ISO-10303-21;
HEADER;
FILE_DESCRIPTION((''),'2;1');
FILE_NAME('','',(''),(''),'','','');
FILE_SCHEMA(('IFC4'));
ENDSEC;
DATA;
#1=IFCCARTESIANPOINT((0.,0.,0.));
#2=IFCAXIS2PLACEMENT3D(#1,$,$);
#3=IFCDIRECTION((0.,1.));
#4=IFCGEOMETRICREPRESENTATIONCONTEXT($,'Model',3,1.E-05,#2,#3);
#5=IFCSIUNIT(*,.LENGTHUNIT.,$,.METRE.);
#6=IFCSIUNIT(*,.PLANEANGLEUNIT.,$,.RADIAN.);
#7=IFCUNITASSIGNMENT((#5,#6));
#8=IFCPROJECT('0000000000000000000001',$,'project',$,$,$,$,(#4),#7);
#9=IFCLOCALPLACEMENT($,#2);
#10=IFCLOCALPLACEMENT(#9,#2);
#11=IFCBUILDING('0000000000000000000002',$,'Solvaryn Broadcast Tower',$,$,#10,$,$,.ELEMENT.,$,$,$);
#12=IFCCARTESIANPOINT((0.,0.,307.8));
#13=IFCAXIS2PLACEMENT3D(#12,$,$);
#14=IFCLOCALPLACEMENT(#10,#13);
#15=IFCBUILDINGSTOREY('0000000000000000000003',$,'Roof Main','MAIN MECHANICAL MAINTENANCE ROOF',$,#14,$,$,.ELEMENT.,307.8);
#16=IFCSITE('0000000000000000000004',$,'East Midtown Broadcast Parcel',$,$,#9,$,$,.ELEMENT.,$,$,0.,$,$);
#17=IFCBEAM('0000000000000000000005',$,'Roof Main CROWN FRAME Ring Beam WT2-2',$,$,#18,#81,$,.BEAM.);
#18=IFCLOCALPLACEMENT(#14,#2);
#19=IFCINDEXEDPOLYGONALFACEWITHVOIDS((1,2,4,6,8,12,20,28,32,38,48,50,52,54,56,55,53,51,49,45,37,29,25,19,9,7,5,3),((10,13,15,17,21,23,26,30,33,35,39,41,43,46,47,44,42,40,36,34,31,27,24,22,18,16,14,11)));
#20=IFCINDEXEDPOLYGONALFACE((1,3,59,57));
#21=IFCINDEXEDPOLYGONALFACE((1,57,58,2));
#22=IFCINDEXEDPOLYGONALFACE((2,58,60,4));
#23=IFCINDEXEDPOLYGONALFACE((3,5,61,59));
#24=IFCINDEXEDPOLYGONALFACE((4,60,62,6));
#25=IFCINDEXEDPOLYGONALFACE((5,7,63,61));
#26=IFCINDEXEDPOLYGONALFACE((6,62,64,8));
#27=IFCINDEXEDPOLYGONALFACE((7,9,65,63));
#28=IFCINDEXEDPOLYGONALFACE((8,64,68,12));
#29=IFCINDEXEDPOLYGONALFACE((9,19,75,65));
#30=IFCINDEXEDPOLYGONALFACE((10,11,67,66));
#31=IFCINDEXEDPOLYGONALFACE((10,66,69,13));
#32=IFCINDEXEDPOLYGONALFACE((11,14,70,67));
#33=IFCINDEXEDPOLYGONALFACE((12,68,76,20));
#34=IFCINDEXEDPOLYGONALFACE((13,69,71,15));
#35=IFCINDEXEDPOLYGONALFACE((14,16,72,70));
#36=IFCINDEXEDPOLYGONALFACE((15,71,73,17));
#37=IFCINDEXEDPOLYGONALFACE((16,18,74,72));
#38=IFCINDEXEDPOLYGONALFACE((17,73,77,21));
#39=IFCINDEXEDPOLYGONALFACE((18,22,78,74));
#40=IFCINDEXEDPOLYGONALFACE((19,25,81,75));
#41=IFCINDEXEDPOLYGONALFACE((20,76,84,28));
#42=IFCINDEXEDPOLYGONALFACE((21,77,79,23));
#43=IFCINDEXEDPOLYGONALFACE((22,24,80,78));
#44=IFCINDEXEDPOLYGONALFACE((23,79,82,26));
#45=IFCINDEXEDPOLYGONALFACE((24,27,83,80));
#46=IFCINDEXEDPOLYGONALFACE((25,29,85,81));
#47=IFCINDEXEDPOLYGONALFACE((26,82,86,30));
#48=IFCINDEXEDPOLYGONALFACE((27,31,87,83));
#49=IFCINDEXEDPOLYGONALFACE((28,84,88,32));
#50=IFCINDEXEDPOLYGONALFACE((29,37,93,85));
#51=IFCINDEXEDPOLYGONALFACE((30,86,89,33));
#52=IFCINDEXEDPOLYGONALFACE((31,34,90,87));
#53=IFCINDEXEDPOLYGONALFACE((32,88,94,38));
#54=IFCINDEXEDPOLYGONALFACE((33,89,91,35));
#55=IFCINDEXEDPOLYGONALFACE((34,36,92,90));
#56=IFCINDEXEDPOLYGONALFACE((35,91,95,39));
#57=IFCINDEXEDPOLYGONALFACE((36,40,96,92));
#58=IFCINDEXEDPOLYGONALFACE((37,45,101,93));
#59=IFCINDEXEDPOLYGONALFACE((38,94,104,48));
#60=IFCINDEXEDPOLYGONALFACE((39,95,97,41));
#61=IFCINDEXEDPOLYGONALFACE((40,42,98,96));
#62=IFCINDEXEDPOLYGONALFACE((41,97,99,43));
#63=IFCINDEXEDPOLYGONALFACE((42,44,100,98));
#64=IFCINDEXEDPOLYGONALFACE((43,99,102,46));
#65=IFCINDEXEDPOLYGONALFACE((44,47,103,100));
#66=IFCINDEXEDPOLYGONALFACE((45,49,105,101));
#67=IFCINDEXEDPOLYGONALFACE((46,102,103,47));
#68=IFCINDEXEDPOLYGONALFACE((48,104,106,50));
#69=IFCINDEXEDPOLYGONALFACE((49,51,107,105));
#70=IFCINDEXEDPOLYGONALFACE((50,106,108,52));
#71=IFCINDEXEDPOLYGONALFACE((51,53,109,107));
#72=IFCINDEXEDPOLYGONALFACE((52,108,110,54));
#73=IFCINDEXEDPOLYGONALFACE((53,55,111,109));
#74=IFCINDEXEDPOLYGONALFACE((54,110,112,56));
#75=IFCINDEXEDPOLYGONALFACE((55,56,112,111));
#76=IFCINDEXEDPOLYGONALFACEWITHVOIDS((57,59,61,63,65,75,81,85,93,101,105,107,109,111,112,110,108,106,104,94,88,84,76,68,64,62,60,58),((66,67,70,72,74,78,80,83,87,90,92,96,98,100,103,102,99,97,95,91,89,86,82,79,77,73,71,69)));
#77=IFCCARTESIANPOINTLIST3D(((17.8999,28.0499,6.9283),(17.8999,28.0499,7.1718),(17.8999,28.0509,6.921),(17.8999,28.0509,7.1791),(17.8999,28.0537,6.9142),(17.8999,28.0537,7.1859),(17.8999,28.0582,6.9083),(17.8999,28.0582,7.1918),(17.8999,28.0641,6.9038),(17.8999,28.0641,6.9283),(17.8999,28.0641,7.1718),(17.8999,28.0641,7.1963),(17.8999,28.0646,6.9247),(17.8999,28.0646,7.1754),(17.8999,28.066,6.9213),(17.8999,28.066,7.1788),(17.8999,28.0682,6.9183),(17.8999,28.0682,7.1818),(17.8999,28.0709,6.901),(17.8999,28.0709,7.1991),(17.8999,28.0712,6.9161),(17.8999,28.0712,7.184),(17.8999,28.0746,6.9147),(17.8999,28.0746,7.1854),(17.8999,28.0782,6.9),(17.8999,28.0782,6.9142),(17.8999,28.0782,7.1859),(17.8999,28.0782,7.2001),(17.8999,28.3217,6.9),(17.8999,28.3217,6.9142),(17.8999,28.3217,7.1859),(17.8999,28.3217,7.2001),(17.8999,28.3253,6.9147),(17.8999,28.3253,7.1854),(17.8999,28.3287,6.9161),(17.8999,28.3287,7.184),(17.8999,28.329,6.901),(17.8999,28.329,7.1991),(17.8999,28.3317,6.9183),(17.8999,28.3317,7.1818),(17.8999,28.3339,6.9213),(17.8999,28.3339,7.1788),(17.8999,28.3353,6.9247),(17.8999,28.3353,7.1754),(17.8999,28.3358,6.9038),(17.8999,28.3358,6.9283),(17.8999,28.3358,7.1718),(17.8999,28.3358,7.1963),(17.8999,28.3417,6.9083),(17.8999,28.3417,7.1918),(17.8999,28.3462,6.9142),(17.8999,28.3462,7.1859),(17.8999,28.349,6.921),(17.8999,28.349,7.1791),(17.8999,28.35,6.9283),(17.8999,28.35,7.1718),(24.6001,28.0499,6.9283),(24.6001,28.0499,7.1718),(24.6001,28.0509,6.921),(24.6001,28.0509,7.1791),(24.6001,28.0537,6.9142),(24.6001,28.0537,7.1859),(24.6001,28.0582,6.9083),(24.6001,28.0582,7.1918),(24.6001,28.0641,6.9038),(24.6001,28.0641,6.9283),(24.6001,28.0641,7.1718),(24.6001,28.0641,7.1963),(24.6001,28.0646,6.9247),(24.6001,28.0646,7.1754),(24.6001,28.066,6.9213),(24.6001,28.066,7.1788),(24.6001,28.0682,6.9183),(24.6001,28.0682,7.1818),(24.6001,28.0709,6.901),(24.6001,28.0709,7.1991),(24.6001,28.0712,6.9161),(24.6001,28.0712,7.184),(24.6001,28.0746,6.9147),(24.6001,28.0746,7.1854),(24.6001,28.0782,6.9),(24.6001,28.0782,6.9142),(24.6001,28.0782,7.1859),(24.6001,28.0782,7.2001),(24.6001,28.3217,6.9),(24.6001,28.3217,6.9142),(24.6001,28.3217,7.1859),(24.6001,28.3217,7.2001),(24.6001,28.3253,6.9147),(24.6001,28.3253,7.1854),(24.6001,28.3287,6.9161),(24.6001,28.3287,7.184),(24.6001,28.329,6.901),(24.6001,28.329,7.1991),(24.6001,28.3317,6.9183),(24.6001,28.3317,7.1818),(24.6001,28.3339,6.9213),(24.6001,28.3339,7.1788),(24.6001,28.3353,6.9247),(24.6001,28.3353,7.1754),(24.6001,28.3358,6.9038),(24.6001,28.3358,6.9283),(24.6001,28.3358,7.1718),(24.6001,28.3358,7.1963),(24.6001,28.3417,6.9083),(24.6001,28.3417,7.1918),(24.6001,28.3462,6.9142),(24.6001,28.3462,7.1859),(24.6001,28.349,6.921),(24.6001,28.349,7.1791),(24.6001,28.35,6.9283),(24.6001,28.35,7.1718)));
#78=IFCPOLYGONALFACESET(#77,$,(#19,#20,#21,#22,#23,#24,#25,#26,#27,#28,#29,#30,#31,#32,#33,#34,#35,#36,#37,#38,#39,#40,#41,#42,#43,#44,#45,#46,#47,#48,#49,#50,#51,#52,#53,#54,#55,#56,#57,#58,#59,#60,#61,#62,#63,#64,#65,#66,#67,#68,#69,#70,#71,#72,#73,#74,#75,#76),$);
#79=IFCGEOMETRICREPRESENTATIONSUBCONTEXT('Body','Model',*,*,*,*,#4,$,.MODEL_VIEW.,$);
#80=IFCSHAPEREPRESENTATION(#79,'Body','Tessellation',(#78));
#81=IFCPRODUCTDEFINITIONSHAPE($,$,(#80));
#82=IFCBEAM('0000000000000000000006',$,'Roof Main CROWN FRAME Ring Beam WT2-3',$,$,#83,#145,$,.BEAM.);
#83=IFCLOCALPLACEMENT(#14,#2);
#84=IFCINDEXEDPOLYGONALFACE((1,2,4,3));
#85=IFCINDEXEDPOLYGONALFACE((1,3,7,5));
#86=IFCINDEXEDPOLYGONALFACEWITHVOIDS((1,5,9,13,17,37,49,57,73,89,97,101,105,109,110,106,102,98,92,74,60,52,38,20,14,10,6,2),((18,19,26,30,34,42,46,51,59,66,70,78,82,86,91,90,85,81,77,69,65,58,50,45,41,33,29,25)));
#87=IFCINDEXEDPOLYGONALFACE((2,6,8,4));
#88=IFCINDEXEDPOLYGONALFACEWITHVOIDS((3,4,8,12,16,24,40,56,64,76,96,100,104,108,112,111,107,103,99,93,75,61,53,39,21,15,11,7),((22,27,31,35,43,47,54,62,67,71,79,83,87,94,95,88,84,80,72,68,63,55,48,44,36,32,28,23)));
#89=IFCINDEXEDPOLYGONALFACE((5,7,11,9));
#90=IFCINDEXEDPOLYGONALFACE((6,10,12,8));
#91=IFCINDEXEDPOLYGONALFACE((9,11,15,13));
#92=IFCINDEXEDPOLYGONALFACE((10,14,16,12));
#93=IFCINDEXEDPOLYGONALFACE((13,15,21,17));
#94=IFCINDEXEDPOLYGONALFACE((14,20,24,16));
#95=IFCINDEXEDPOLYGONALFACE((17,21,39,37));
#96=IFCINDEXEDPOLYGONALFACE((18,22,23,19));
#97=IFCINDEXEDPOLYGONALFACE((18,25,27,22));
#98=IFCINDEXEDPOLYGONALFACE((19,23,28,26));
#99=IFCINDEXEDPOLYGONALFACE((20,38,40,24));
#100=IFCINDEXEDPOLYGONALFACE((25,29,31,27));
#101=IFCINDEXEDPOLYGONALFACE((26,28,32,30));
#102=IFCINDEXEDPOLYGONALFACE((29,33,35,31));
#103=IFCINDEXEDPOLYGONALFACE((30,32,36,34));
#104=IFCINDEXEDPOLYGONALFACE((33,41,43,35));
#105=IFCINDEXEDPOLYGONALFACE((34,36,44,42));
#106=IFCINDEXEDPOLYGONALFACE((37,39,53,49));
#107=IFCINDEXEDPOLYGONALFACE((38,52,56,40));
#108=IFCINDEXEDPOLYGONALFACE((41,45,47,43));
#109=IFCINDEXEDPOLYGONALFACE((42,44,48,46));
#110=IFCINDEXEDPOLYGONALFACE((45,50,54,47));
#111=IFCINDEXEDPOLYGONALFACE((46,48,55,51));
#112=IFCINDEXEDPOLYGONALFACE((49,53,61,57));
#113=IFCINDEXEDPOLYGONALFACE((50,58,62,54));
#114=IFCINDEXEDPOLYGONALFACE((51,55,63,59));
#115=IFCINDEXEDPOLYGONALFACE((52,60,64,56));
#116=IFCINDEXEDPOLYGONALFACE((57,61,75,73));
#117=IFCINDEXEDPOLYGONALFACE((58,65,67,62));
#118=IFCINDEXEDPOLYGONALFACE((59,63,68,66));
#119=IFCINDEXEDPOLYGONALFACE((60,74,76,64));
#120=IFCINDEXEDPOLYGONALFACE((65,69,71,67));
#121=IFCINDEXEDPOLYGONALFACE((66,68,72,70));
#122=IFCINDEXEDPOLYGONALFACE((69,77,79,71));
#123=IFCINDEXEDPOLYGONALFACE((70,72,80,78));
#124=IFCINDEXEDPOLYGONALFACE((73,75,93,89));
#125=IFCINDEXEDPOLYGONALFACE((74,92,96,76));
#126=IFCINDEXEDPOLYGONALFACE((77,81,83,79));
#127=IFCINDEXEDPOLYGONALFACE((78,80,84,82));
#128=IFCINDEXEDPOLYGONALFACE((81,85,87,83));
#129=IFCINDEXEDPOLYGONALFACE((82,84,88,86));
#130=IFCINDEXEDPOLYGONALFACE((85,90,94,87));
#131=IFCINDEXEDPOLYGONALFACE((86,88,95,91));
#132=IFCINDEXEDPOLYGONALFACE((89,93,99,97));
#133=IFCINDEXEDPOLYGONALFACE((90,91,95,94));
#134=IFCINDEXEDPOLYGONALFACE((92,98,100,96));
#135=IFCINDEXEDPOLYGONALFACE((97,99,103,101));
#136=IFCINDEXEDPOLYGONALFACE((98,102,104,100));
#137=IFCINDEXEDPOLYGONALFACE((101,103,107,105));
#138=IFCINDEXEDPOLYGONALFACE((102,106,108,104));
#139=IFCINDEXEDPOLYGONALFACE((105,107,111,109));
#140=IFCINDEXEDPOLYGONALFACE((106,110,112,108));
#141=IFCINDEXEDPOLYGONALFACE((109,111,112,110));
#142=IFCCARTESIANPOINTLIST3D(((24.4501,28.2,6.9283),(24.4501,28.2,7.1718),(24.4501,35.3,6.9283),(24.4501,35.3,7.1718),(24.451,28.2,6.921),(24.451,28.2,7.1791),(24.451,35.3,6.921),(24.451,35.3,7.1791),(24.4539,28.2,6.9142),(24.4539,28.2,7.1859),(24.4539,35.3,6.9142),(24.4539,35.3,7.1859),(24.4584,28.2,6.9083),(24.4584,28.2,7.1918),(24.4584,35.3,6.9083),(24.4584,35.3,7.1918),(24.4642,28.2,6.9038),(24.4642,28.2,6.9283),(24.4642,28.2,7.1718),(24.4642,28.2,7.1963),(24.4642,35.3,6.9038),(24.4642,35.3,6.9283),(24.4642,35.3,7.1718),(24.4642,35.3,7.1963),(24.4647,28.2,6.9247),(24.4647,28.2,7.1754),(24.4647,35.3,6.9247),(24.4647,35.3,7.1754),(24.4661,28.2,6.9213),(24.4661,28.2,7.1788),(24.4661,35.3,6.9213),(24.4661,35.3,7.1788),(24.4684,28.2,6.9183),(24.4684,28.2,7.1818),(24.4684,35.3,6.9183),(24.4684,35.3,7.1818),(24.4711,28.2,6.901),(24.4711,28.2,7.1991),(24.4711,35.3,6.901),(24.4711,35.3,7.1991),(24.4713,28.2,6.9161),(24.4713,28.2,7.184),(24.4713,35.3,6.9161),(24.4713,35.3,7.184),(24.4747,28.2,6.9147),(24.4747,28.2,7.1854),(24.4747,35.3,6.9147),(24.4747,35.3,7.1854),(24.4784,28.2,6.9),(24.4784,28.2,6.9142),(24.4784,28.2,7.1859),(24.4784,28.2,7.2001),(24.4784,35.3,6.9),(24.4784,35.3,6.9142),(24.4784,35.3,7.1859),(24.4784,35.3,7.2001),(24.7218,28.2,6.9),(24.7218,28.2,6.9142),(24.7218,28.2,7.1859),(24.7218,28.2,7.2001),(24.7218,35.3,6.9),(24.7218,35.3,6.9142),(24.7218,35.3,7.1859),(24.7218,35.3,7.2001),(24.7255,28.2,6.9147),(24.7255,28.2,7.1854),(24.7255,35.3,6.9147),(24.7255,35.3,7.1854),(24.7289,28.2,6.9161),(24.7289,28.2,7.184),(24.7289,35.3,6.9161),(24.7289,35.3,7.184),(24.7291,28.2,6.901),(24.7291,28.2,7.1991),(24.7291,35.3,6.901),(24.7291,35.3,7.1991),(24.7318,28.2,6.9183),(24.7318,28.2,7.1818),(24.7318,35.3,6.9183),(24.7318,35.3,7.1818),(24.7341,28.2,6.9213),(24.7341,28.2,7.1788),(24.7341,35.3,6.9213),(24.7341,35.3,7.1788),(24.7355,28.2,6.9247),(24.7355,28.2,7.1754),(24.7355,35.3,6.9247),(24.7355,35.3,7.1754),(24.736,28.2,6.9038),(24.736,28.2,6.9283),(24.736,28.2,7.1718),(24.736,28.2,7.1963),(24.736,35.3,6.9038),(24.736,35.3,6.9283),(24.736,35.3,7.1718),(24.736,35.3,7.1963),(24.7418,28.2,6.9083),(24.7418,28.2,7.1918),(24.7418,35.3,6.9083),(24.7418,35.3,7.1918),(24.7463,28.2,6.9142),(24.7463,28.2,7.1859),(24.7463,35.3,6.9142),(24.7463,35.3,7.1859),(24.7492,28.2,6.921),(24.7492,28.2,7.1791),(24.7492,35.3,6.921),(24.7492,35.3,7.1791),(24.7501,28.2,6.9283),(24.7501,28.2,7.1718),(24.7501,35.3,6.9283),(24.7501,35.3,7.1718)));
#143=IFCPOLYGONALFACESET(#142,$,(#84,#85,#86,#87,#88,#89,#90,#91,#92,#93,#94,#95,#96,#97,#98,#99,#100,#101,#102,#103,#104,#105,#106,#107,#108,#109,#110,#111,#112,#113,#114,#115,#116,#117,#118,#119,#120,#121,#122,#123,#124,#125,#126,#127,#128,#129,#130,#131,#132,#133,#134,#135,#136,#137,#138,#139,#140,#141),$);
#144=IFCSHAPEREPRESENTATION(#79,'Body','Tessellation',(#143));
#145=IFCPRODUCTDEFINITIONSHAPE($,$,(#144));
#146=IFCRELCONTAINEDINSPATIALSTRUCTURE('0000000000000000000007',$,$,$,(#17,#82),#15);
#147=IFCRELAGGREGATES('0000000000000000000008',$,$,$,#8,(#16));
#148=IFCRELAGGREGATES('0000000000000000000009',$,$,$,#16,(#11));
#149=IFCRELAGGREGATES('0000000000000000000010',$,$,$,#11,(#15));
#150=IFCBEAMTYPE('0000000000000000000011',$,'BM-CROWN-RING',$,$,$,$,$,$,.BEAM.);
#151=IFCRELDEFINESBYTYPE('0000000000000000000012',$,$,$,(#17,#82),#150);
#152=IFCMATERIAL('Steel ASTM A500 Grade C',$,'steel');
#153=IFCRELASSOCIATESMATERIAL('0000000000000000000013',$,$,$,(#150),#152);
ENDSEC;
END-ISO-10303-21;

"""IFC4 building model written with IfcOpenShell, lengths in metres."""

from ifc_helpers import new_model, si_unit, direction, frame, origin, origin_2d, place, context, subcontext, project, spatial, hollow_rectangle, extrude, material, material_profile, profile_set, type_object, element, save


model = new_model("IFC4")

# Units and contexts
model_context = context("Model", 3, precision=1e-05, world=origin(), true_north=direction((0.0, 1.0)))
body_context = subcontext(model_context, "Body", "Model", "MODEL_VIEW")
ifc_project = project(units=[si_unit("LENGTHUNIT", "METRE"), si_unit("PLANEANGLEUNIT", "RADIAN")], contexts=[model_context])

# Site, building, storey
site_placement = place(None, origin())
site = spatial("IfcSite", under=ifc_project, at=site_placement, Name="East Midtown Broadcast Parcel", CompositionType="ELEMENT", RefElevation=0.0)
building_placement = place(site_placement, origin())
building = spatial("IfcBuilding", under=site, at=building_placement, Name="Solvaryn Broadcast Tower", CompositionType="ELEMENT")
storey_placement = place(building_placement, frame((0.0, 0.0, 307.8)))
storey = spatial("IfcBuildingStorey", under=building, at=storey_placement, Name="Roof Main", Description="MAIN MECHANICAL MAINTENANCE ROOF", CompositionType="ELEMENT", Elevation=307.8)

# Beams
ifc_material_1 = material(Name="Steel ASTM A500 Grade C", Category="steel")
ifc_material_profile_1 = material_profile(ifc_material_1, hollow_rectangle(XDim=0.3, YDim=0.3, WallThickness=0.0142, InnerFilletRadius=0.0142, OuterFilletRadius=0.0283, at=origin_2d()))
ifc_profile_set_1 = profile_set([ifc_material_profile_1], Name="Steel ASTM A500 Grade C")
beam_type = type_object("IfcBeamType", Name="BM-CROWN-RING", PredefinedType="BEAM", material=ifc_profile_set_1)
beam_1_placement = place(storey_placement, frame((17.8999, 28.2, 7.05), z_axis=(1.0, 0.0, 0.0), x_axis=(0.0, 1.0, 0.0)))
element("IfcBeam", 1, at=beam_1_placement, inside=storey, type_object=beam_type, Name="Roof Main CROWN FRAME Ring Beam WT2-2", PredefinedType="BEAM", context=body_context, shape_type="SweptSolid", body=[
    extrude(hollow_rectangle(XDim=0.3, YDim=0.3, WallThickness=0.0142, InnerFilletRadius=0.0142, OuterFilletRadius=0.0283, at=origin_2d()), origin(), (0.0, 0.0, 1.0), 6.7002),
])
beam_2_placement = place(storey_placement, frame((24.6001, 28.2, 7.05), z_axis=(0.0, 1.0, 0.0), x_axis=(-1.0, 0.0, 0.0)))
element("IfcBeam", 2, at=beam_2_placement, inside=storey, type_object=beam_type, Name="Roof Main CROWN FRAME Ring Beam WT2-3", PredefinedType="BEAM", context=body_context, shape_type="SweptSolid", body=[
    extrude(hollow_rectangle(XDim=0.3, YDim=0.3, WallThickness=0.0142, InnerFilletRadius=0.0142, OuterFilletRadius=0.0283, at=origin_2d()), origin(), (0.0, 0.0, 1.0), 7.1001),
])

save(model, "model.ifc")
